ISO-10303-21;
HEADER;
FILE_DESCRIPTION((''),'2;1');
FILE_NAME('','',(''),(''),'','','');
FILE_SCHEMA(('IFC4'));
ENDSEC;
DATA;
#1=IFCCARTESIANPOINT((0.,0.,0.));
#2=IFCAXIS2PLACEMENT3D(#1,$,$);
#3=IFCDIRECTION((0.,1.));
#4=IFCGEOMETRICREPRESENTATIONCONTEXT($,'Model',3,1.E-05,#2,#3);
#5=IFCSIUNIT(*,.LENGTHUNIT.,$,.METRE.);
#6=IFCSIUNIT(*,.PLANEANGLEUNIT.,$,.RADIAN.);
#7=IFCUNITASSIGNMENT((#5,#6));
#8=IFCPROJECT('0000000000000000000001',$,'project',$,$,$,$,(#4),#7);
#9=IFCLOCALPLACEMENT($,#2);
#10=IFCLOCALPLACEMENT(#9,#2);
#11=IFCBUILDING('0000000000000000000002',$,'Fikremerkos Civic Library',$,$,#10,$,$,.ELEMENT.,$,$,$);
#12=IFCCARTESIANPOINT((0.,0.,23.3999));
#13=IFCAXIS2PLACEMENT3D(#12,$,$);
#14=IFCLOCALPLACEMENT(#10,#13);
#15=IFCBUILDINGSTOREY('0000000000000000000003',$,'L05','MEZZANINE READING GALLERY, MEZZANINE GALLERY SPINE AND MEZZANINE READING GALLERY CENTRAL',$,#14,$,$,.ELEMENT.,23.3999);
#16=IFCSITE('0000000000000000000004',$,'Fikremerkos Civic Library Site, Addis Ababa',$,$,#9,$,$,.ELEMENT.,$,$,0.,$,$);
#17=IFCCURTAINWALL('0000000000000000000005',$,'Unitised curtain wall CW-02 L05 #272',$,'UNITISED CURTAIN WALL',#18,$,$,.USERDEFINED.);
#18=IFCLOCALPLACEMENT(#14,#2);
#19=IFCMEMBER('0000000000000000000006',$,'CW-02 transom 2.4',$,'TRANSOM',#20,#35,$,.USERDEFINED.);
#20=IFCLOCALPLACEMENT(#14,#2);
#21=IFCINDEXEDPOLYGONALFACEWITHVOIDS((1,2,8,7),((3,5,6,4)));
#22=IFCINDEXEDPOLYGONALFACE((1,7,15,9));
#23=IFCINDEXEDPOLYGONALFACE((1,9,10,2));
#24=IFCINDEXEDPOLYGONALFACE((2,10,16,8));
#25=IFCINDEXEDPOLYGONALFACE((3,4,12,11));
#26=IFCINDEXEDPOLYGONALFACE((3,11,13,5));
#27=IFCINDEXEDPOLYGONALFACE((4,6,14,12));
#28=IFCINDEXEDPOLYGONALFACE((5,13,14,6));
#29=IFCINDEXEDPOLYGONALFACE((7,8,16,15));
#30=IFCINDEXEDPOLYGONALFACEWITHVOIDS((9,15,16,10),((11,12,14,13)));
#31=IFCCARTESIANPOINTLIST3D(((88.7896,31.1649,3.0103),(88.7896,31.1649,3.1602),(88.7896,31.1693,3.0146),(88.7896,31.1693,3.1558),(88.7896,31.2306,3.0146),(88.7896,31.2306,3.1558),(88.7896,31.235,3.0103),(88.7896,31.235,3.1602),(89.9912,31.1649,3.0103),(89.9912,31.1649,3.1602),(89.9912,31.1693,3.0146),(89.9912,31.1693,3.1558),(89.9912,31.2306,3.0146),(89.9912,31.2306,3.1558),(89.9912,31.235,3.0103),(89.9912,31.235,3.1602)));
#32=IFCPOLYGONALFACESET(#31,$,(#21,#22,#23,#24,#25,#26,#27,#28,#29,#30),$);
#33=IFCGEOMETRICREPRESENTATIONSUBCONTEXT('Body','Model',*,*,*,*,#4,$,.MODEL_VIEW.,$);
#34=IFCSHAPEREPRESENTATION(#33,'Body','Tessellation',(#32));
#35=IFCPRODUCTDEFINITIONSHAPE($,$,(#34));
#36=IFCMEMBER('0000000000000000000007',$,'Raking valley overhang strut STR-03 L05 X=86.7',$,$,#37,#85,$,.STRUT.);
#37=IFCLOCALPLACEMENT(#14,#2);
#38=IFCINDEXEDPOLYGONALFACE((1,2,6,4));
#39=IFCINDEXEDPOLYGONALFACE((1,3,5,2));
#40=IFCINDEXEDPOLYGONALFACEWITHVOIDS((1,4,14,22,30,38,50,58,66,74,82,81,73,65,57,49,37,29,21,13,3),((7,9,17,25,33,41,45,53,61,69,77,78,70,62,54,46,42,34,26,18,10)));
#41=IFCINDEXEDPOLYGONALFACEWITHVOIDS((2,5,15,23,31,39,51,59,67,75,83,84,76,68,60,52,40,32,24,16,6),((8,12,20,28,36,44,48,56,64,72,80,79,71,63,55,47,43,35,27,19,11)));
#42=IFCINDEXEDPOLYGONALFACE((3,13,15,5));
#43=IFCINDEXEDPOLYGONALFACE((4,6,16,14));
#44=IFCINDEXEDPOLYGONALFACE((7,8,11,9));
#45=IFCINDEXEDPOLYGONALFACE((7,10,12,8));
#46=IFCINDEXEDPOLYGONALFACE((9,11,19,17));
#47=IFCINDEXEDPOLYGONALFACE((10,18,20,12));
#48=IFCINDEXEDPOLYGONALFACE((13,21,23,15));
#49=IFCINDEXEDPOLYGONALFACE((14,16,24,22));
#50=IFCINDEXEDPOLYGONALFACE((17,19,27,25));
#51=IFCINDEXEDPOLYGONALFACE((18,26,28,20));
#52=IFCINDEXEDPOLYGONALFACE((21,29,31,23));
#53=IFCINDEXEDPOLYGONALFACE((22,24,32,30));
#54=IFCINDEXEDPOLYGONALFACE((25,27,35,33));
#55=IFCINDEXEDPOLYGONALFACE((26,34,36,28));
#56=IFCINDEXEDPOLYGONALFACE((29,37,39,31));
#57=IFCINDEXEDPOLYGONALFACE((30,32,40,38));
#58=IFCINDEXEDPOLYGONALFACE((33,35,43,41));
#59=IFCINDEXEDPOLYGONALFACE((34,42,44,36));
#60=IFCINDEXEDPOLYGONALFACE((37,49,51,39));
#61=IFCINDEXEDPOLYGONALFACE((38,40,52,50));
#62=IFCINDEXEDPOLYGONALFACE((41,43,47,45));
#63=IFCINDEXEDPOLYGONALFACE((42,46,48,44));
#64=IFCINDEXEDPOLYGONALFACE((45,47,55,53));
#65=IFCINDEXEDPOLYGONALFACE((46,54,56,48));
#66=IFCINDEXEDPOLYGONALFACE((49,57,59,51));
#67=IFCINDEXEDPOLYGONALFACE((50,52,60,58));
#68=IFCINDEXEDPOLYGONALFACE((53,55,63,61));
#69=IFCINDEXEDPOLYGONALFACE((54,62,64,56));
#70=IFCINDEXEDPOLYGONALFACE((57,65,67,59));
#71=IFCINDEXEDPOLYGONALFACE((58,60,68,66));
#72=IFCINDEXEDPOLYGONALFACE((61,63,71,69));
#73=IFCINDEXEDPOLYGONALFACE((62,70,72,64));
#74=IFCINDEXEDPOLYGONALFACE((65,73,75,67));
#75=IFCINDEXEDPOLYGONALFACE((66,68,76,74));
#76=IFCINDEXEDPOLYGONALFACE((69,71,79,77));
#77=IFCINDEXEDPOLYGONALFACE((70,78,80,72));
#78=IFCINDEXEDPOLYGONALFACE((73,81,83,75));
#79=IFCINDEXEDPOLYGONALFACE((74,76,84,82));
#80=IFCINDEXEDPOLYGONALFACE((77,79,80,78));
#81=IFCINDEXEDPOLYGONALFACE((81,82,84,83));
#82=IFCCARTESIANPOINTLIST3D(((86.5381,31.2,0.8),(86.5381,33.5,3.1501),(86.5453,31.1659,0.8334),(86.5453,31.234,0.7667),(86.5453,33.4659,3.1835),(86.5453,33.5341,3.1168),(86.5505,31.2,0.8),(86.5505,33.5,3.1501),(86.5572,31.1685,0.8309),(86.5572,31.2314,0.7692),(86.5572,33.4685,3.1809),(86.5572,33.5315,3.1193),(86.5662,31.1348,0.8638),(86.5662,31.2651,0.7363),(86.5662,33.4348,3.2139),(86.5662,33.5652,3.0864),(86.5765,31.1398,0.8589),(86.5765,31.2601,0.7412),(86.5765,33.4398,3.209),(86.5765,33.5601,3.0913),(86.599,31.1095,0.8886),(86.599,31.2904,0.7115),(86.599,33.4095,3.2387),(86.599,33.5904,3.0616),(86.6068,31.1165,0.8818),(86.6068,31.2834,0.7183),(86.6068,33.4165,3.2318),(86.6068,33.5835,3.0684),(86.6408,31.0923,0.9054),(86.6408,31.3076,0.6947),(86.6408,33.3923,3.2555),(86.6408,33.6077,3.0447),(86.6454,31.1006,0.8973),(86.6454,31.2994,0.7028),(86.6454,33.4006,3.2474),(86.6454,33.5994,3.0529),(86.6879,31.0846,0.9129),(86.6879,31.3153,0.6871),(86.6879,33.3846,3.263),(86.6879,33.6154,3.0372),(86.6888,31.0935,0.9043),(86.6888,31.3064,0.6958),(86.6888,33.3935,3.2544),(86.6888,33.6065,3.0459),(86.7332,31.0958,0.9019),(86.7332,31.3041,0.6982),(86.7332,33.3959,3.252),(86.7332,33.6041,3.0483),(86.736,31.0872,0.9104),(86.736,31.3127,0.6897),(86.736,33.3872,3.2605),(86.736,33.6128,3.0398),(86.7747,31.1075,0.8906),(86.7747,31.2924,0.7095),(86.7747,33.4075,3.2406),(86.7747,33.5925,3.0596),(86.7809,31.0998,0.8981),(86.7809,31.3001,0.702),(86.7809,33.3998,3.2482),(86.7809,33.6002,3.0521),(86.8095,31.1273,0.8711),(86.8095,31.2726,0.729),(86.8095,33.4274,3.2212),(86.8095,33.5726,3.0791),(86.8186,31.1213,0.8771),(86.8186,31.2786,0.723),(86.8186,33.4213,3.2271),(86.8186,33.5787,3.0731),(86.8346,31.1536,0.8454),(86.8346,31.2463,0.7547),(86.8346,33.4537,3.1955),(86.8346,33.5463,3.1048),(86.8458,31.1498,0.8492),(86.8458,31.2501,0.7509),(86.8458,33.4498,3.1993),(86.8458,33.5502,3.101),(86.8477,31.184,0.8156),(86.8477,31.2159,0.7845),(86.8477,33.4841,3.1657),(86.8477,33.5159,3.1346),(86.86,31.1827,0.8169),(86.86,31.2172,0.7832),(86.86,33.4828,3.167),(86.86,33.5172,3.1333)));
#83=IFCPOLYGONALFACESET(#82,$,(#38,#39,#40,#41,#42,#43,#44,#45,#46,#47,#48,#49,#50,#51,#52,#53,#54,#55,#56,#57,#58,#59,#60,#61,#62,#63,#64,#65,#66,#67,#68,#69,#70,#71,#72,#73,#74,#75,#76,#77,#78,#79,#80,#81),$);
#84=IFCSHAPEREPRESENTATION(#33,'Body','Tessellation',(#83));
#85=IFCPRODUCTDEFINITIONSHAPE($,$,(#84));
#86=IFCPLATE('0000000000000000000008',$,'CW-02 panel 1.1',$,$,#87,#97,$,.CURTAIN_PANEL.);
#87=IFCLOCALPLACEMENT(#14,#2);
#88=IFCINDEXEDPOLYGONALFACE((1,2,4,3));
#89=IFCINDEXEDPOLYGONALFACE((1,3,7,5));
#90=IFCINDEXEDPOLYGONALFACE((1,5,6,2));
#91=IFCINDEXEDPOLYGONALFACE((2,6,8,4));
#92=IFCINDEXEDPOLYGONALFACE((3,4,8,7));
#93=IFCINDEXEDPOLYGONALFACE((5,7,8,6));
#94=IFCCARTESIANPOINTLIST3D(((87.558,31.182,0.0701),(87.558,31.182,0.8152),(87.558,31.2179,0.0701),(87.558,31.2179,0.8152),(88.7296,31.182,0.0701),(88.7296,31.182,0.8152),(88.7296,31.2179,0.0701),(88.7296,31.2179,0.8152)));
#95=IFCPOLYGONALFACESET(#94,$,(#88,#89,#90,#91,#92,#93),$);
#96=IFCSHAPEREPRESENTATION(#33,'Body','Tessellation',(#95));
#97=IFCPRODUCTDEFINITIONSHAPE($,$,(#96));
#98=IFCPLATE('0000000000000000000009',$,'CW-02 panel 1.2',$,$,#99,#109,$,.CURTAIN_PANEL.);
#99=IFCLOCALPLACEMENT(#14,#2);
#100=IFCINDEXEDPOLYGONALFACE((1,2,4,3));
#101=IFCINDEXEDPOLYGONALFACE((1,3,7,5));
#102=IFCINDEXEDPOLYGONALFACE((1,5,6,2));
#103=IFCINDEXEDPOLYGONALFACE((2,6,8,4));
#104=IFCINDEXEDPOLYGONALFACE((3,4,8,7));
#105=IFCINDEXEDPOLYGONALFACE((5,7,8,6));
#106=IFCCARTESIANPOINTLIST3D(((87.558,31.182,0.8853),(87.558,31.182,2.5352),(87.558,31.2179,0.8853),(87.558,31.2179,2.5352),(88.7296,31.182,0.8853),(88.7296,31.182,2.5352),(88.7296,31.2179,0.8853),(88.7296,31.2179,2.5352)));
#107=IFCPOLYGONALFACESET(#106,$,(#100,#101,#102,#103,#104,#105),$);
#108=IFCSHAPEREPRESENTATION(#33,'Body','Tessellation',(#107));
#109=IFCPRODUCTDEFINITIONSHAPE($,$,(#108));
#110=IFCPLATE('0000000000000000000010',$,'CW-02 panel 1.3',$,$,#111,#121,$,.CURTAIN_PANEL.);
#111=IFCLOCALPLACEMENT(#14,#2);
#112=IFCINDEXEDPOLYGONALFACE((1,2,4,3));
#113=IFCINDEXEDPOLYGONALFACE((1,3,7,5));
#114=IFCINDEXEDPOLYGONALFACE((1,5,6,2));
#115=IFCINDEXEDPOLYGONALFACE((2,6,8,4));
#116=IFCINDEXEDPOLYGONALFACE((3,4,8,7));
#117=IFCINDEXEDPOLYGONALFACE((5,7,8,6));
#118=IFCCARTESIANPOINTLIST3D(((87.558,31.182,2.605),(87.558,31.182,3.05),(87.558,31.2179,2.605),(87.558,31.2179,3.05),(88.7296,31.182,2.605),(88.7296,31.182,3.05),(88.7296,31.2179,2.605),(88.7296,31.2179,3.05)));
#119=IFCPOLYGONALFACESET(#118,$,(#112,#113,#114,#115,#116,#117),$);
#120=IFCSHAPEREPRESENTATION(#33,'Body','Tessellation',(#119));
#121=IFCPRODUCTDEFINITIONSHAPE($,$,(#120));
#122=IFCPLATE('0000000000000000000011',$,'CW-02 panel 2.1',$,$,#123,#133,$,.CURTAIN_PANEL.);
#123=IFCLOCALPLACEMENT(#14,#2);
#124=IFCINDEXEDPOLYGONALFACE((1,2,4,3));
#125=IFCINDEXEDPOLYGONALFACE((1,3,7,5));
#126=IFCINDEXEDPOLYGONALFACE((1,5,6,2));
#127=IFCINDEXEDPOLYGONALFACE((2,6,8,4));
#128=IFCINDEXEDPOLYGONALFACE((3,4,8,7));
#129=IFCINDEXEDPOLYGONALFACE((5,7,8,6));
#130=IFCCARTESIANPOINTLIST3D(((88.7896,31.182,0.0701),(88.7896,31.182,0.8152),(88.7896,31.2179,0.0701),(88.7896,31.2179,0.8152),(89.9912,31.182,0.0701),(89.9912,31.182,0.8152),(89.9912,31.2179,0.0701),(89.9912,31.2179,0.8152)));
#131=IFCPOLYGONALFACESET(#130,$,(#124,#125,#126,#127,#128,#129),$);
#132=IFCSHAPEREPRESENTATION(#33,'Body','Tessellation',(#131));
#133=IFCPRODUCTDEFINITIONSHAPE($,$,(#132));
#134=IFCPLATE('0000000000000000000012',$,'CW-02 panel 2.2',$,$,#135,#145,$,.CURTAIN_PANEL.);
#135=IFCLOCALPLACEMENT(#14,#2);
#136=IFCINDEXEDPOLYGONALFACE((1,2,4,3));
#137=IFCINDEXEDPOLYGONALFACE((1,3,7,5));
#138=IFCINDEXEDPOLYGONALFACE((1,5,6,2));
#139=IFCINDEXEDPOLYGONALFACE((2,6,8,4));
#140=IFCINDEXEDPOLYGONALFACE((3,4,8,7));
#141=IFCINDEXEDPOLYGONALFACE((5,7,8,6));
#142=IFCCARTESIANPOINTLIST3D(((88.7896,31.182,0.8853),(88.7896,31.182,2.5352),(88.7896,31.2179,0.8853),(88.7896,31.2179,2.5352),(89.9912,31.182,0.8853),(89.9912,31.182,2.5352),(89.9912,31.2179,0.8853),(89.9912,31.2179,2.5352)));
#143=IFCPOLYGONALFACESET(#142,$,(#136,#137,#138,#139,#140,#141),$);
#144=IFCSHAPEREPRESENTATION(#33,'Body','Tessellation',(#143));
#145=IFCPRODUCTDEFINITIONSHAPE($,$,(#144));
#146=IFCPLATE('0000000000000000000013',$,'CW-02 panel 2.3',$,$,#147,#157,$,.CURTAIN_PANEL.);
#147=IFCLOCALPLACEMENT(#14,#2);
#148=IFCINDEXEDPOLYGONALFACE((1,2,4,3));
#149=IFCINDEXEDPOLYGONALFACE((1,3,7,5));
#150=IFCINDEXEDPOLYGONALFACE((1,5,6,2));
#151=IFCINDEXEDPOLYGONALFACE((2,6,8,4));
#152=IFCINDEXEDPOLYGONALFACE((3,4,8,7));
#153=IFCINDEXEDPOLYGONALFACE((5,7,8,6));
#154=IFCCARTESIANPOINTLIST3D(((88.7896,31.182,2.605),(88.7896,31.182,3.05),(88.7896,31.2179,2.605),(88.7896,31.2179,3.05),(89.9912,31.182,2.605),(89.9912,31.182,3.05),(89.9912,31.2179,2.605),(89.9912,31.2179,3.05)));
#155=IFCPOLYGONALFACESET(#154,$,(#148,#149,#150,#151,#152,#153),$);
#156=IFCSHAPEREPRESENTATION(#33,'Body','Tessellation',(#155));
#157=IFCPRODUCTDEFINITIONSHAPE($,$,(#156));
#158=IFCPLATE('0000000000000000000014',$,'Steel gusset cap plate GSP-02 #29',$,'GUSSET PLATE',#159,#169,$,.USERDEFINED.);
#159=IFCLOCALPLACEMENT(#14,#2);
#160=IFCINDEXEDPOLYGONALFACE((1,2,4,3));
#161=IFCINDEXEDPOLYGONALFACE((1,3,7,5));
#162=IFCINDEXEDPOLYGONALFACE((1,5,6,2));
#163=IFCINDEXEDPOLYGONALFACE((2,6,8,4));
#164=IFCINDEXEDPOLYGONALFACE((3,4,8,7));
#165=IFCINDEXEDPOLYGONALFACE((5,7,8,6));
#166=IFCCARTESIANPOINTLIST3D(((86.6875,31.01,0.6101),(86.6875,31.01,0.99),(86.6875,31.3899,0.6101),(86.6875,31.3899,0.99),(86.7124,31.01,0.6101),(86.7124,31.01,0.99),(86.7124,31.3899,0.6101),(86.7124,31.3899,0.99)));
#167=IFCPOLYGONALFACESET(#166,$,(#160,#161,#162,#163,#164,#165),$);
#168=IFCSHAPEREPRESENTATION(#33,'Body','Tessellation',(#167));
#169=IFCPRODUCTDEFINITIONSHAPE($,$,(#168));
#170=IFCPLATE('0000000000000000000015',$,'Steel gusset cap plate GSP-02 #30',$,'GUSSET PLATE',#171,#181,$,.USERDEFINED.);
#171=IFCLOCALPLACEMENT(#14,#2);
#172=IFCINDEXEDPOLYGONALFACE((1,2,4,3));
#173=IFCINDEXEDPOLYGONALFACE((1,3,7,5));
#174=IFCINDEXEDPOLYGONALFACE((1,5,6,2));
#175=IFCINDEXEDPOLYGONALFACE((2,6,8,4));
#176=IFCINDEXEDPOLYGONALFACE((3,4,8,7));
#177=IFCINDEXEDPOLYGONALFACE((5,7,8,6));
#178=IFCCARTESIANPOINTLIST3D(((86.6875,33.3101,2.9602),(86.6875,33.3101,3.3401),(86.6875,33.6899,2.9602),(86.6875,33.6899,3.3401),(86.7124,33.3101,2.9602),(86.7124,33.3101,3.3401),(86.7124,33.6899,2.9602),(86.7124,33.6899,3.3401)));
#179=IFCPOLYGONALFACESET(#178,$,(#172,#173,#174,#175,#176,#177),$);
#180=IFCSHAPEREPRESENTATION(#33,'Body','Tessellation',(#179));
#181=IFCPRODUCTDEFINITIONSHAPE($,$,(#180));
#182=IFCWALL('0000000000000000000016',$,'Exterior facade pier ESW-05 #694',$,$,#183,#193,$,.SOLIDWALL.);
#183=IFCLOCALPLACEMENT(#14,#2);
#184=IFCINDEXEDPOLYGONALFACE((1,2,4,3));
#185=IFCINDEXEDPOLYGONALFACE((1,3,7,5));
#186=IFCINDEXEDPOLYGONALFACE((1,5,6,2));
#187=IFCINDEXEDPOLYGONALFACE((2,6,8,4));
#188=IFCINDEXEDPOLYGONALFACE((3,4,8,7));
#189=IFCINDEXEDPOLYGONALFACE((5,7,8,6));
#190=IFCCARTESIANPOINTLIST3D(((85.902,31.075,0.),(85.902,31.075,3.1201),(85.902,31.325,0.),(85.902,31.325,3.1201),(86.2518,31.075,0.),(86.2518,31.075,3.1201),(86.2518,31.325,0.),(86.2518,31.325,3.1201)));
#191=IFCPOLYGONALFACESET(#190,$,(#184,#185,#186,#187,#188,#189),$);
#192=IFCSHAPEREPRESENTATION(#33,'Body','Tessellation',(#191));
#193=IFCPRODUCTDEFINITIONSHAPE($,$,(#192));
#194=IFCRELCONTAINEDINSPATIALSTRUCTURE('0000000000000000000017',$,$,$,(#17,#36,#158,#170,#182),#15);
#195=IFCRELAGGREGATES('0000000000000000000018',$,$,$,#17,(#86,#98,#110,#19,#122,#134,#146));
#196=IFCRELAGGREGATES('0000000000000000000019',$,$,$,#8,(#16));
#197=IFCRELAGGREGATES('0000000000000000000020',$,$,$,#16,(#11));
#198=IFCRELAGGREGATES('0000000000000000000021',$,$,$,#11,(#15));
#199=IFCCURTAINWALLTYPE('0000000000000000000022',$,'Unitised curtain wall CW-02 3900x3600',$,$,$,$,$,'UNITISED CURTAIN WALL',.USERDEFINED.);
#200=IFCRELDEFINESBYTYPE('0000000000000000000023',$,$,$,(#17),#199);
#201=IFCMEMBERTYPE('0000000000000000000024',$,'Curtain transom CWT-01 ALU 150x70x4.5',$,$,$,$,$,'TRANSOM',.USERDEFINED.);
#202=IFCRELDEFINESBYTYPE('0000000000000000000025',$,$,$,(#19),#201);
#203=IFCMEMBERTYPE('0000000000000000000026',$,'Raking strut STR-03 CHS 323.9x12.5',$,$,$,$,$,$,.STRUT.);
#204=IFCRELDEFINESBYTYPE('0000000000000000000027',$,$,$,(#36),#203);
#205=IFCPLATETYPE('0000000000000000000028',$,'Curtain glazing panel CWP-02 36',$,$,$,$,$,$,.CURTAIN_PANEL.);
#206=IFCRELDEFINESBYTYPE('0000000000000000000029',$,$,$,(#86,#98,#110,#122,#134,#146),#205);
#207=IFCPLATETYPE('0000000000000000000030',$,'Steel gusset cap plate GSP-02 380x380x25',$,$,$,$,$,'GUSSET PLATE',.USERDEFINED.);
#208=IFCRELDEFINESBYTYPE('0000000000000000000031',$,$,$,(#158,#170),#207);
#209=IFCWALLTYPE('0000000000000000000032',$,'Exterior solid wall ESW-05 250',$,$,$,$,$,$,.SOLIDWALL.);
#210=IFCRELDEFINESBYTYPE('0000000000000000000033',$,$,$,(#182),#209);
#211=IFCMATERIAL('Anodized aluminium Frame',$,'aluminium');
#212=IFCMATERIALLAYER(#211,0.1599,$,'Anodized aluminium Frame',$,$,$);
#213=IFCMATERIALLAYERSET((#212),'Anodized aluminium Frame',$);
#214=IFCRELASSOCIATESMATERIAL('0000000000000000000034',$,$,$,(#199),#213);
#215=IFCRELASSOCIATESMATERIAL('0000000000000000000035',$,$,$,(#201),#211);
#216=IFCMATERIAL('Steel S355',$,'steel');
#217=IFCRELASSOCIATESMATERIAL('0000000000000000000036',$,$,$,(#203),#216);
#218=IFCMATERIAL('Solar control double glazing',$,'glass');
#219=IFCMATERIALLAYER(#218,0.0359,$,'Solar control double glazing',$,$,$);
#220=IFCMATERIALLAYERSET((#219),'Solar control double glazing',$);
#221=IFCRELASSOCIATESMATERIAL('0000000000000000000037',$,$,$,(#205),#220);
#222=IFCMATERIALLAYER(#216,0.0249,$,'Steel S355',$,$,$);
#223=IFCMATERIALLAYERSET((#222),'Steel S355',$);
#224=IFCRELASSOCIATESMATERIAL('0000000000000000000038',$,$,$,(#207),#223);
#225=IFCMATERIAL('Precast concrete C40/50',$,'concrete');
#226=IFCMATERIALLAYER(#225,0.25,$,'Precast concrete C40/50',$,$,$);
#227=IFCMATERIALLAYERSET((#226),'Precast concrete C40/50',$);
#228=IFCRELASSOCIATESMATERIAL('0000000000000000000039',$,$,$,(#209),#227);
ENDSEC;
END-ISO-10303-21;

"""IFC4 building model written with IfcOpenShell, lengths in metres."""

from ifc_helpers import new_model, si_unit, direction, frame, frame_2d, origin, origin_2d, place, context, subcontext, project, spatial, rectangle, hollow_rectangle, hollow_circle, extrude, material, layer, layer_set, material_profile, profile_set, type_object, element, aggregate, save


model = new_model("IFC4")

# Units and contexts
model_context = context("Model", 3, precision=1e-05, world=origin(), true_north=direction((0.0, 1.0)))
body_context = subcontext(model_context, "Body", "Model", "MODEL_VIEW")
ifc_project = project(units=[si_unit("LENGTHUNIT", "METRE"), si_unit("PLANEANGLEUNIT", "RADIAN")], contexts=[model_context])

# Site, building, storey
site_placement = place(None, origin())
site = spatial("IfcSite", under=ifc_project, at=site_placement, Name="Fikremerkos Civic Library Site, Addis Ababa", CompositionType="ELEMENT", RefElevation=0.0)
building_placement = place(site_placement, origin())
building = spatial("IfcBuilding", under=site, at=building_placement, Name="Fikremerkos Civic Library", CompositionType="ELEMENT")
storey_placement = place(building_placement, frame((0.0, 0.0, 23.3999)))
storey = spatial("IfcBuildingStorey", under=building, at=storey_placement, Name="L05", Description="MEZZANINE READING GALLERY, MEZZANINE GALLERY SPINE AND MEZZANINE READING GALLERY CENTRAL", CompositionType="ELEMENT", Elevation=23.3999)

# Curtain wall, member
ifc_material_1 = material(Name="Anodized aluminium Frame", Category="aluminium")
ifc_layer_1 = layer(ifc_material_1, 0.1599, Name="Anodized aluminium Frame")
ifc_layer_set_1 = layer_set([ifc_layer_1], Name="Anodized aluminium Frame")
curtain_wall_type = type_object("IfcCurtainWallType", Name="Unitised curtain wall CW-02 3900x3600", ElementType="UNITISED CURTAIN WALL", PredefinedType="USERDEFINED", material=ifc_layer_set_1)
curtain_wall_placement = place(storey_placement, origin())
curtain_wall = element("IfcCurtainWall", 1, at=curtain_wall_placement, inside=storey, type_object=curtain_wall_type, Name="Unitised curtain wall CW-02 L05 #272", ObjectType="UNITISED CURTAIN WALL", PredefinedType="USERDEFINED")
ifc_material_profile_1 = material_profile(ifc_material_1, hollow_rectangle(XDim=0.0701, YDim=0.1499, WallThickness=0.0044, at=origin_2d()), Name="ALU 150x70x4.5")
ifc_profile_set_1 = profile_set([ifc_material_profile_1], Name="Anodized aluminium Frame")
member_type_1 = type_object("IfcMemberType", Name="Curtain transom CWT-01 ALU 150x70x4.5", ElementType="TRANSOM", PredefinedType="USERDEFINED", material=ifc_profile_set_1)
member_1_placement = place(storey_placement, frame((88.7896, 31.2, 3.0852), z_axis=(1.0, 0.0, 0.0), x_axis=(0.0, 1.0, 0.0)))
member_1 = element("IfcMember", 2, at=member_1_placement, type_object=member_type_1, Name="CW-02 transom 2.4", ObjectType="TRANSOM", PredefinedType="USERDEFINED", context=body_context, shape_type="SweptSolid", body=[
    extrude(hollow_rectangle(XDim=0.0701, YDim=0.1499, WallThickness=0.0044, at=origin_2d()), origin(), (0.0, 0.0, 1.0), 1.2017),
])

# Member
ifc_material_2 = material(Name="Steel S355", Category="steel")
ifc_material_profile_2 = material_profile(ifc_material_2, hollow_circle(Radius=0.1619, WallThickness=0.0125, at=origin_2d()), Name="CHS 323.9x12.5")
ifc_profile_set_2 = profile_set([ifc_material_profile_2], Name="Steel S355")
member_type_2 = type_object("IfcMemberType", Name="Raking strut STR-03 CHS 323.9x12.5", PredefinedType="STRUT", material=ifc_profile_set_2)
member_2_placement = place(storey_placement, frame((86.7, 31.2, 0.8), z_axis=(0.0, 0.699456, 0.714676), x_axis=(-1.0, 0.0, 0.0)))
element("IfcMember", 3, at=member_2_placement, inside=storey, type_object=member_type_2, Name="Raking valley overhang strut STR-03 L05 X=86.7", PredefinedType="STRUT", context=body_context, shape_type="SweptSolid", body=[
    extrude(hollow_circle(Radius=0.1619, WallThickness=0.0125, at=origin_2d()), origin(), (0.0, 0.0, 1.0), 3.2883),
])

# Plates
ifc_material_3 = material(Name="Solar control double glazing", Category="glass")
ifc_layer_2 = layer(ifc_material_3, 0.0359, Name="Solar control double glazing")
ifc_layer_set_2 = layer_set([ifc_layer_2], Name="Solar control double glazing")
plate_type_1 = type_object("IfcPlateType", Name="Curtain glazing panel CWP-02 36", PredefinedType="CURTAIN_PANEL", material=ifc_layer_set_2)
plate_1_placement = place(storey_placement, frame((88.1438, 31.2, 0.0701), z_axis=(0.0, 0.0, 1.0), x_axis=(1.0, 0.0, 0.0)))
plate_1 = element("IfcPlate", 4, at=plate_1_placement, type_object=plate_type_1, Name="CW-02 panel 1.1", PredefinedType="CURTAIN_PANEL", context=body_context, shape_type="SweptSolid", body=[
    extrude(rectangle(XDim=1.1716, YDim=0.0359, at=origin_2d()), origin(), (0.0, 0.0, 1.0), 0.7451),
])
plate_2_placement = place(storey_placement, frame((88.1438, 31.2, 0.8853), z_axis=(0.0, 0.0, 1.0), x_axis=(1.0, 0.0, 0.0)))
plate_2 = element("IfcPlate", 5, at=plate_2_placement, type_object=plate_type_1, Name="CW-02 panel 1.2", PredefinedType="CURTAIN_PANEL", context=body_context, shape_type="SweptSolid", body=[
    extrude(rectangle(XDim=1.1716, YDim=0.0359, at=origin_2d()), origin(), (0.0, 0.0, 1.0), 1.6499),
])
plate_3_placement = place(storey_placement, frame((88.1438, 31.2, 2.605), z_axis=(0.0, 0.0, 1.0), x_axis=(1.0, 0.0, 0.0)))
plate_3 = element("IfcPlate", 6, at=plate_3_placement, type_object=plate_type_1, Name="CW-02 panel 1.3", PredefinedType="CURTAIN_PANEL", context=body_context, shape_type="SweptSolid", body=[
    extrude(rectangle(XDim=1.1716, YDim=0.0359, at=origin_2d()), origin(), (0.0, 0.0, 1.0), 0.4451),
])
plate_4_placement = place(storey_placement, frame((89.3904, 31.2, 0.0701), z_axis=(0.0, 0.0, 1.0), x_axis=(1.0, 0.0, 0.0)))
plate_4 = element("IfcPlate", 7, at=plate_4_placement, type_object=plate_type_1, Name="CW-02 panel 2.1", PredefinedType="CURTAIN_PANEL", context=body_context, shape_type="SweptSolid", body=[
    extrude(rectangle(XDim=1.2017, YDim=0.0359, at=origin_2d()), origin(), (0.0, 0.0, 1.0), 0.7451),
])
plate_5_placement = place(storey_placement, frame((89.3904, 31.2, 0.8853), z_axis=(0.0, 0.0, 1.0), x_axis=(1.0, 0.0, 0.0)))
plate_5 = element("IfcPlate", 8, at=plate_5_placement, type_object=plate_type_1, Name="CW-02 panel 2.2", PredefinedType="CURTAIN_PANEL", context=body_context, shape_type="SweptSolid", body=[
    extrude(rectangle(XDim=1.2017, YDim=0.0359, at=origin_2d()), origin(), (0.0, 0.0, 1.0), 1.6499),
])
plate_6_placement = place(storey_placement, frame((89.3904, 31.2, 2.605), z_axis=(0.0, 0.0, 1.0), x_axis=(1.0, 0.0, 0.0)))
plate_6 = element("IfcPlate", 9, at=plate_6_placement, type_object=plate_type_1, Name="CW-02 panel 2.3", PredefinedType="CURTAIN_PANEL", context=body_context, shape_type="SweptSolid", body=[
    extrude(rectangle(XDim=1.2017, YDim=0.0359, at=origin_2d()), origin(), (0.0, 0.0, 1.0), 0.4451),
])
aggregate(curtain_wall, [plate_1, plate_2, plate_3, member_1, plate_4, plate_5, plate_6])

# Plates
ifc_layer_3 = layer(ifc_material_2, 0.0249, Name="Steel S355")
ifc_layer_set_3 = layer_set([ifc_layer_3], Name="Steel S355")
plate_type_2 = type_object("IfcPlateType", Name="Steel gusset cap plate GSP-02 380x380x25", ElementType="GUSSET PLATE", PredefinedType="USERDEFINED", material=ifc_layer_set_3)
for number, where, z_axis, x_axis, name in (
    (10, (86.7, 31.2, 0.6101), (0.0, 0.0, 1.0), (1.0, 0.0, 0.0), "Steel gusset cap plate GSP-02 #29"),
    (11, (86.7, 33.5, 2.9602), (0.0, 0.0, 1.0), (1.0, 0.0, 0.0), "Steel gusset cap plate GSP-02 #30"),
):
    element("IfcPlate", number, at=place(storey_placement, frame(where, z_axis=z_axis, x_axis=x_axis)), inside=storey, type_object=plate_type_2, Name=name, ObjectType="GUSSET PLATE", PredefinedType="USERDEFINED", context=body_context, shape_type="SweptSolid", body=[
        extrude(rectangle(XDim=0.0249, YDim=0.3799, at=origin_2d()), origin(), (0.0, 0.0, 1.0), 0.3799),
    ])

# Wall
ifc_material_4 = material(Name="Precast concrete C40/50", Category="concrete")
ifc_layer_4 = layer(ifc_material_4, 0.25, Name="Precast concrete C40/50")
ifc_layer_set_4 = layer_set([ifc_layer_4], Name="Precast concrete C40/50")
wall_type = type_object("IfcWallType", Name="Exterior solid wall ESW-05 250", PredefinedType="SOLIDWALL", material=ifc_layer_set_4)
wall_1_placement = place(storey_placement, frame((85.9021, 31.2, 0.0), z_axis=(0.0, 0.0, 1.0), x_axis=(1.0, 0.0, 0.0)))
element("IfcWall", 12, at=wall_1_placement, inside=storey, type_object=wall_type, Name="Exterior facade pier ESW-05 #694", PredefinedType="SOLIDWALL", context=body_context, shape_type="SweptSolid", body=[
    extrude(rectangle(XDim=0.3499, YDim=0.25, at=frame_2d((0.1748, 0.0))), origin(), (0.0, 0.0, 1.0), 3.1201),
])

save(model, "model.ifc")
